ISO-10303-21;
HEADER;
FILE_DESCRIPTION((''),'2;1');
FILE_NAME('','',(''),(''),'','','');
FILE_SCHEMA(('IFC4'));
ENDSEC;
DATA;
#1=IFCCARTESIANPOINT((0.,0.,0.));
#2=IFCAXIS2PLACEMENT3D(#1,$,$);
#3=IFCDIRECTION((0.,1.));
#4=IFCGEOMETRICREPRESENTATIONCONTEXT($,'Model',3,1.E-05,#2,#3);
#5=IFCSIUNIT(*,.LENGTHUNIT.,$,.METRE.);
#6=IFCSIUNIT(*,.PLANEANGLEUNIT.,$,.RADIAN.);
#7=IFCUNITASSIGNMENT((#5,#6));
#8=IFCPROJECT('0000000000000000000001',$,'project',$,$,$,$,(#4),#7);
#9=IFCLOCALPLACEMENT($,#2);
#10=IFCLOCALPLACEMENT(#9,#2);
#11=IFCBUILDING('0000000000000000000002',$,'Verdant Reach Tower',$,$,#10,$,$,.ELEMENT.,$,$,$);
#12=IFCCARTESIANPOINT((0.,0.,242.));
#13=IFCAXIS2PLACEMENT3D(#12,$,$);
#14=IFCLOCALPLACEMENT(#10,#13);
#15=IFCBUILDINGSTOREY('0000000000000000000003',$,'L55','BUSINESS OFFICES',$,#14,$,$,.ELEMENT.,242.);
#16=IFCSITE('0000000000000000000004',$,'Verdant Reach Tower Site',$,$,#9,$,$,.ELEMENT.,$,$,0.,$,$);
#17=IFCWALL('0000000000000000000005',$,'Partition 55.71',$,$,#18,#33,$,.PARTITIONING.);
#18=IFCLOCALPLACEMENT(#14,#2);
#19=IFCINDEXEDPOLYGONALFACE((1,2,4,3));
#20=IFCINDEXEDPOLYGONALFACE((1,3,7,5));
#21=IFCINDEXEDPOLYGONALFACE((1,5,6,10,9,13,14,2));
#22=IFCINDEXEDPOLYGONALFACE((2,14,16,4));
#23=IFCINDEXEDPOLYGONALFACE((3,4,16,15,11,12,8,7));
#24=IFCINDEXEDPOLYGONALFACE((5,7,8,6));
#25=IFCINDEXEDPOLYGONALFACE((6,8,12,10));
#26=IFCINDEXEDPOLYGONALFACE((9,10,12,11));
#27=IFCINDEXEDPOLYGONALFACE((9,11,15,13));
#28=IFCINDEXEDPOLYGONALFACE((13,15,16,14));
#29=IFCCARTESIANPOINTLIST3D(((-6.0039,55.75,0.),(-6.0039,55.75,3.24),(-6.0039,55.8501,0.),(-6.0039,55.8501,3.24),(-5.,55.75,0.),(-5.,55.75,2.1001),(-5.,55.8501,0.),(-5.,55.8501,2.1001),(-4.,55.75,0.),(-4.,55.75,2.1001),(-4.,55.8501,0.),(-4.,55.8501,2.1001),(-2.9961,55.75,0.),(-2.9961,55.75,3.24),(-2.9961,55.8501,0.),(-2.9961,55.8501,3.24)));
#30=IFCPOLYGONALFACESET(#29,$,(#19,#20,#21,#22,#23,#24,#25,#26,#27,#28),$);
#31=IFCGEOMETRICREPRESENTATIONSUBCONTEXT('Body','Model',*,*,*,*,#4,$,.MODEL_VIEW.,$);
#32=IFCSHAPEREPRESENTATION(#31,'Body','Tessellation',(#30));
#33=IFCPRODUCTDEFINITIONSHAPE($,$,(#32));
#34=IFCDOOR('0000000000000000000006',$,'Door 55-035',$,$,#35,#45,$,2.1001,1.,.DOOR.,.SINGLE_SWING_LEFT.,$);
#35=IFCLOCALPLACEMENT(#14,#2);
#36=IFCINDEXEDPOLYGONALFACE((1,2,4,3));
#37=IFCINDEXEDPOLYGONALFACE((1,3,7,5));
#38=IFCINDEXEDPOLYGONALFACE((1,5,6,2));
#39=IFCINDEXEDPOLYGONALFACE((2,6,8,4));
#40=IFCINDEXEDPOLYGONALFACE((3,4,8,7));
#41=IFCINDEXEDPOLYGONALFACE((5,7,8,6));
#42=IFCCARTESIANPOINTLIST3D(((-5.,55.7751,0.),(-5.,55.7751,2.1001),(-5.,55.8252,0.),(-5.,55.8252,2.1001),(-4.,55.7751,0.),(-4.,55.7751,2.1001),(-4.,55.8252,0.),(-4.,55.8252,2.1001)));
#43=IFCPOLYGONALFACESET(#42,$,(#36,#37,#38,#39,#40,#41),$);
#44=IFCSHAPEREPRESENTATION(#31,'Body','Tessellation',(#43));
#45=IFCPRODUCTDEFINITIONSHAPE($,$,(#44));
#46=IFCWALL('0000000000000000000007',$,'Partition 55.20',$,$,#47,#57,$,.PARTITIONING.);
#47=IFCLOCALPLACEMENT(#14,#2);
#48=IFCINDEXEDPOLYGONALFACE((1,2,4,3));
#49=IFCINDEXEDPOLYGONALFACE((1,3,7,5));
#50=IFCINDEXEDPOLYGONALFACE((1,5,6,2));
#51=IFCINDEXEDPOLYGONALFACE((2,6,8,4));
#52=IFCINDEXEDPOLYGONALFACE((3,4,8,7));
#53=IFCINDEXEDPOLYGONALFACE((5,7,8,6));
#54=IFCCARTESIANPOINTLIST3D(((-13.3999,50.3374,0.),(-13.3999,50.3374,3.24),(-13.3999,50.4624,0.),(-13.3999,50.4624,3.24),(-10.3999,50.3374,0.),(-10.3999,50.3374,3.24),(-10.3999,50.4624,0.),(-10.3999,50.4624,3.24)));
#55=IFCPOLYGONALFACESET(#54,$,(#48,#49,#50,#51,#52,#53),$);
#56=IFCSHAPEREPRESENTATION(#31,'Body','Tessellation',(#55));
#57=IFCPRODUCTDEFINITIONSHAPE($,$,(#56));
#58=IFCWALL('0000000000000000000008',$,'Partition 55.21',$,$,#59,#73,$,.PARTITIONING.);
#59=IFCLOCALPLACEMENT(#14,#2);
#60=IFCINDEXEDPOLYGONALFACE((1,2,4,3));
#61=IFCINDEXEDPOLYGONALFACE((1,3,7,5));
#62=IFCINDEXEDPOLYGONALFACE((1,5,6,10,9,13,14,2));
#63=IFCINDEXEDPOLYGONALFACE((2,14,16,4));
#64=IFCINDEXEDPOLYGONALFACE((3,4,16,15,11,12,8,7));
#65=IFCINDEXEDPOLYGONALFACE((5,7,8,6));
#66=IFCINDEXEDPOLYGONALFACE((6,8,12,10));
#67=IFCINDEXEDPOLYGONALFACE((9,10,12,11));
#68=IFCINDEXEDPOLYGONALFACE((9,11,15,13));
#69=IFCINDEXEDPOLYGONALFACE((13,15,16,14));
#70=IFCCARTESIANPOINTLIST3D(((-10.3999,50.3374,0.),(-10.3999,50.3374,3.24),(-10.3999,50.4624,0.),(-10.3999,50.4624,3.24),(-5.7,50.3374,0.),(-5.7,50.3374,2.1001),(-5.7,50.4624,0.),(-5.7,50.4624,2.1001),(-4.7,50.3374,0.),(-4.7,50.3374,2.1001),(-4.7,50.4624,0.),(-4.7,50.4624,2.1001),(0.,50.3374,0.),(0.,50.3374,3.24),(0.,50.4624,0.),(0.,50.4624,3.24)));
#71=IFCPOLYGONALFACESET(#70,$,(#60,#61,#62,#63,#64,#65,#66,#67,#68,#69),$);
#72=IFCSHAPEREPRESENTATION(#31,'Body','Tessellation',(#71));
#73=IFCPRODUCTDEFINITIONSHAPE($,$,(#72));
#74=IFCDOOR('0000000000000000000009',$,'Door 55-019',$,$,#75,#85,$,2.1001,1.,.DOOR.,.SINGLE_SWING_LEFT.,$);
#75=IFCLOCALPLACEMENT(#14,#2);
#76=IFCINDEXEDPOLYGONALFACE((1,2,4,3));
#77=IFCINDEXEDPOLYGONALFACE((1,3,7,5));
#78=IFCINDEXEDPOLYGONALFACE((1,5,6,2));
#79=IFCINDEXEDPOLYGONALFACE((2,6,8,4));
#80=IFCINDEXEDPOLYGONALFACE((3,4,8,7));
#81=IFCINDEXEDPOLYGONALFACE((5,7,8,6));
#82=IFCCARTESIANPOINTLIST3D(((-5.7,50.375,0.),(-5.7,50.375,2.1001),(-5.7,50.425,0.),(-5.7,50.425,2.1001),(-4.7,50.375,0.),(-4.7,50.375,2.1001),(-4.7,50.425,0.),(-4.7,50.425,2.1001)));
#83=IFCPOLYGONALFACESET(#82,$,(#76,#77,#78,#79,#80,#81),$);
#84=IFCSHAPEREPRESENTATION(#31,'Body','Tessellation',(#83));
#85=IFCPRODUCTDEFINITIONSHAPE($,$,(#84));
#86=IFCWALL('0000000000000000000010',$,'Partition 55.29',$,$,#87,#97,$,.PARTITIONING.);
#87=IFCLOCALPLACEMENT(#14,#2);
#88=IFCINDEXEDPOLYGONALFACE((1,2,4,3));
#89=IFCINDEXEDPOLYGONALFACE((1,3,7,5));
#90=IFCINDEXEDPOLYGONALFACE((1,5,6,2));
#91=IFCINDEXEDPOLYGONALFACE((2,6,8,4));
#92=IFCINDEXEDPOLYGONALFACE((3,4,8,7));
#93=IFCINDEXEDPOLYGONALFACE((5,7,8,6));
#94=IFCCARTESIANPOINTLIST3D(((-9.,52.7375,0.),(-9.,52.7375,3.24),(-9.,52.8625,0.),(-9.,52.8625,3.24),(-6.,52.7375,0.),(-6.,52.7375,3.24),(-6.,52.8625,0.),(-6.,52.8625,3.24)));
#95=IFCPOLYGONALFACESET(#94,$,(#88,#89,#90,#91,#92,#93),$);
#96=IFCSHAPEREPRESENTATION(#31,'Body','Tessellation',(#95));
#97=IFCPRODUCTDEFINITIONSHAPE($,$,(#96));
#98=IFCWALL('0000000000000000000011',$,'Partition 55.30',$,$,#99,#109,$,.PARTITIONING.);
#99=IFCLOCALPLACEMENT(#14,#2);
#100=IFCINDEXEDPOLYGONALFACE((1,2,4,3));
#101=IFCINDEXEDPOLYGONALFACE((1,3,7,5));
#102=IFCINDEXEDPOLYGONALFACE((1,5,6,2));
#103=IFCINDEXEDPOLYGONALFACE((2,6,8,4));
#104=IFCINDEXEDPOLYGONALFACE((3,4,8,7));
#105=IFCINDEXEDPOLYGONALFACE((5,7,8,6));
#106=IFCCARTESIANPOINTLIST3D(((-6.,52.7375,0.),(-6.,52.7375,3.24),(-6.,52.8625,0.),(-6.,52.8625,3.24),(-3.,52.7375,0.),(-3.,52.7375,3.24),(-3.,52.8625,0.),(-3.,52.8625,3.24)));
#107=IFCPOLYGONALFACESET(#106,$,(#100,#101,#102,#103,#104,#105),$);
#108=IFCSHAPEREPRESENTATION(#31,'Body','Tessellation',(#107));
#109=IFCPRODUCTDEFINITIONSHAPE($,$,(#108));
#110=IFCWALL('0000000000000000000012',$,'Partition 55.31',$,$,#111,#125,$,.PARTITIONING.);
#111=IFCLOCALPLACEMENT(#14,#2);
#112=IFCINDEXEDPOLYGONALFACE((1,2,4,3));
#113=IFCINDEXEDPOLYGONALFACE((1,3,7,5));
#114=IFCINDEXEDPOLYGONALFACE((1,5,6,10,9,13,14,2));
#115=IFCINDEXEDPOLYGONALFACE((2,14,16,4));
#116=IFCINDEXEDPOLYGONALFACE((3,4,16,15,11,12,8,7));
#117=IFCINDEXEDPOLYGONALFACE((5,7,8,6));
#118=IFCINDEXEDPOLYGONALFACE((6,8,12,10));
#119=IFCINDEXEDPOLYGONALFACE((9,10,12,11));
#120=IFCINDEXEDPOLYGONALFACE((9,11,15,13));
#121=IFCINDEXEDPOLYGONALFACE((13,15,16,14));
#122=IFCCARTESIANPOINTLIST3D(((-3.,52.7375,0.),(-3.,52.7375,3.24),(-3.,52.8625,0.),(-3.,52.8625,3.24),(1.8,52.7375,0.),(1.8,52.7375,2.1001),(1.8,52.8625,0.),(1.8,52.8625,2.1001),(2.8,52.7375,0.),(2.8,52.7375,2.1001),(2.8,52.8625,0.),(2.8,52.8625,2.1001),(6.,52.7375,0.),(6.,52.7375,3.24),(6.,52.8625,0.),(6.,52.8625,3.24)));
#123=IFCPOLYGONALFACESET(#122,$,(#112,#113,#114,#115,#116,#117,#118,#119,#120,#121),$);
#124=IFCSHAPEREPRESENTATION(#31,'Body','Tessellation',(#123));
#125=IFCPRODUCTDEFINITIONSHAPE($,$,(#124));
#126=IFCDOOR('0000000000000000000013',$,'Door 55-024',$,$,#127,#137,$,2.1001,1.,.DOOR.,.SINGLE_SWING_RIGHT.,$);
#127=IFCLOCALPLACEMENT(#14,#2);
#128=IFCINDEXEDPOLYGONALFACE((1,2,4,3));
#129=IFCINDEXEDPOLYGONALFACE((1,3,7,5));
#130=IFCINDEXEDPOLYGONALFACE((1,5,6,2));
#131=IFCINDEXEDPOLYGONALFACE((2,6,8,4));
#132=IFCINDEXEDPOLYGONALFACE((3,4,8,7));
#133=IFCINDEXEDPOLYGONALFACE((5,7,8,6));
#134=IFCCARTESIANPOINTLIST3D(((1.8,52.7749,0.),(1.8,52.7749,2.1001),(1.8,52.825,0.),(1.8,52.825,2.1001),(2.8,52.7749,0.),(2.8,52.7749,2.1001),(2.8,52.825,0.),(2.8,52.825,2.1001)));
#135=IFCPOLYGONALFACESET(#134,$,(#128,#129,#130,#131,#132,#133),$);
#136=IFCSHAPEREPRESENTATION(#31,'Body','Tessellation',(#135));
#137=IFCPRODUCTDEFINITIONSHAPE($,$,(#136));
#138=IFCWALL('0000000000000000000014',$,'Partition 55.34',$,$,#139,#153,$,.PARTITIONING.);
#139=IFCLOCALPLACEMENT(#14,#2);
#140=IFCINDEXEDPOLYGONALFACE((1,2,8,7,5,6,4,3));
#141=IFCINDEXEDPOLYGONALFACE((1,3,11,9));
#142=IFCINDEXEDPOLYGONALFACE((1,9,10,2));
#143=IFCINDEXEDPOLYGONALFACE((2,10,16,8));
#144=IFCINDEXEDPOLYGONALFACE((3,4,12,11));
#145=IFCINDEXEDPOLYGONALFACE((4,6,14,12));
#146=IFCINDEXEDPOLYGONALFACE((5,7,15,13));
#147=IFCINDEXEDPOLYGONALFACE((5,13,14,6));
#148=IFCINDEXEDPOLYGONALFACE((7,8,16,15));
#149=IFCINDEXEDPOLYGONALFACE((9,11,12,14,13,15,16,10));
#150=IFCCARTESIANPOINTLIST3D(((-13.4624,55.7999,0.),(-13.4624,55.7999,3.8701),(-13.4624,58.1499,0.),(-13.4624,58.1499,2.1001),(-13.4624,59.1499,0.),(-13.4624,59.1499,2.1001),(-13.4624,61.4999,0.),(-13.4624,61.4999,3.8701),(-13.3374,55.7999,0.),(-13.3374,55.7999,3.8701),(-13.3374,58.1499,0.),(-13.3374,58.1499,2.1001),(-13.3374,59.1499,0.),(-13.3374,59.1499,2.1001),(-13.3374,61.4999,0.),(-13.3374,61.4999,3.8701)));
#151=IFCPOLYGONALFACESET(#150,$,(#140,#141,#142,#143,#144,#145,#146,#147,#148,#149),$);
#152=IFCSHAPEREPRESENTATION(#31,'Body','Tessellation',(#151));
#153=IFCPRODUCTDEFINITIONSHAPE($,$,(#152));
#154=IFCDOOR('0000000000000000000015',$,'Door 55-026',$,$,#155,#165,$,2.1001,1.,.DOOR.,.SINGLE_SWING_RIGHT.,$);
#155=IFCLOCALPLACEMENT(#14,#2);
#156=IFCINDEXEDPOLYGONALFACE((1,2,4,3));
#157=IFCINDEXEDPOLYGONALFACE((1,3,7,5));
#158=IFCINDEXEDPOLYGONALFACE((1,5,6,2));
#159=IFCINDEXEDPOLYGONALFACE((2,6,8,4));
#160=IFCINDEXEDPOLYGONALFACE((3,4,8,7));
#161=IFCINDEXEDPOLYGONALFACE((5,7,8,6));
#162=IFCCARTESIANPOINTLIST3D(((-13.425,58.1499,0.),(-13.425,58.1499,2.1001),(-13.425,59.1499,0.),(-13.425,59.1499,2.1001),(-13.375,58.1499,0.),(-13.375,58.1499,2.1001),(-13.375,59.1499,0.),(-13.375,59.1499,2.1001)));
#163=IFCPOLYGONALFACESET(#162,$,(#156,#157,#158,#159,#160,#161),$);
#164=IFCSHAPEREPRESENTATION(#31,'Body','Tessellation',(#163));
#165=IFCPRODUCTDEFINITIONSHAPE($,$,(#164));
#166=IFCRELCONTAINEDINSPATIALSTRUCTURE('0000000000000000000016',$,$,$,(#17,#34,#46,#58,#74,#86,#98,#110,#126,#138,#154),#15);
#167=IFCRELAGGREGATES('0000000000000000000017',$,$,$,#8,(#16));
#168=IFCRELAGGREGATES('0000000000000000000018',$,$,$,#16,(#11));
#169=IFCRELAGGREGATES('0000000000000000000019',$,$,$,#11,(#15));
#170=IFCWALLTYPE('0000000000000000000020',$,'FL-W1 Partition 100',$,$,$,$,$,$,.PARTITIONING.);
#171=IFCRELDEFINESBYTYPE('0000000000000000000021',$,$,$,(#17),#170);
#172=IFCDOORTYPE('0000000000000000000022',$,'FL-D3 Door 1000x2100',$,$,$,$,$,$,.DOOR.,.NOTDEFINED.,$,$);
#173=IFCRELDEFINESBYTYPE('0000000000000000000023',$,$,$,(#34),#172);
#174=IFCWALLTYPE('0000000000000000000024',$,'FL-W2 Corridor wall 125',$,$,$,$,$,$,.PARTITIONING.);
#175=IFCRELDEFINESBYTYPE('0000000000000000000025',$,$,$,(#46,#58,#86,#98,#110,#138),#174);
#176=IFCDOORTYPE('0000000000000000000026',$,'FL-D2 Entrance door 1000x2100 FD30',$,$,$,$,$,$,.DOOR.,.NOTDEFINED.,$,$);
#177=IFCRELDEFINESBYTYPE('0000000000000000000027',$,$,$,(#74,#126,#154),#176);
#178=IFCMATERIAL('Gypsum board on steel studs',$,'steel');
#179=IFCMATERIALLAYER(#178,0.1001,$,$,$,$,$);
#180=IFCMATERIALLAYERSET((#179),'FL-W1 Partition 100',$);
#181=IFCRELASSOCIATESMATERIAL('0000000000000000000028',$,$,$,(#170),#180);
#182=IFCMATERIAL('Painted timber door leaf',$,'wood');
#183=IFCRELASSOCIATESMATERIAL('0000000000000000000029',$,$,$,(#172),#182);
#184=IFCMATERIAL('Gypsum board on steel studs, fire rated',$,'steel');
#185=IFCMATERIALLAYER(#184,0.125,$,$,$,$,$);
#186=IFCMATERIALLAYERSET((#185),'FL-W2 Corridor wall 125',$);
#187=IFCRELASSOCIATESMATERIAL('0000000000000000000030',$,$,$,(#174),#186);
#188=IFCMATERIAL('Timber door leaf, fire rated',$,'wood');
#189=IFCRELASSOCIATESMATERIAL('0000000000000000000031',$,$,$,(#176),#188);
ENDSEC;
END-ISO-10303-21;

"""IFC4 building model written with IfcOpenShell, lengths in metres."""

from ifc_helpers import new_model, si_unit, direction, frame, frame_2d, origin, place, context, subcontext, project, spatial, rectangle, extrude, material, layer, layer_set, type_object, element, fill, save


model = new_model("IFC4")

# Units and contexts
model_context = context("Model", 3, precision=1e-05, world=origin(), true_north=direction((0.0, 1.0)))
body_context = subcontext(model_context, "Body", "Model", "MODEL_VIEW")
ifc_project = project(units=[si_unit("LENGTHUNIT", "METRE"), si_unit("PLANEANGLEUNIT", "RADIAN")], contexts=[model_context])

# Site, building, storey
site_placement = place(None, origin())
site = spatial("IfcSite", under=ifc_project, at=site_placement, Name="Verdant Reach Tower Site", CompositionType="ELEMENT", RefElevation=0.0)
building_placement = place(site_placement, origin())
building = spatial("IfcBuilding", under=site, at=building_placement, Name="Verdant Reach Tower", CompositionType="ELEMENT")
storey_placement = place(building_placement, frame((0.0, 0.0, 242.0)))
storey = spatial("IfcBuildingStorey", under=building, at=storey_placement, Name="L55", Description="BUSINESS OFFICES", CompositionType="ELEMENT", Elevation=242.0)

# Shared definitions
ifc_material_1 = material(Name="Gypsum board on steel studs", Category="steel")
ifc_layer_1 = layer(ifc_material_1, 0.1001)
ifc_layer_set_1 = layer_set([ifc_layer_1], Name="FL-W1 Partition 100")
wall_type_1 = type_object("IfcWallType", Name="FL-W1 Partition 100", PredefinedType="PARTITIONING", material=ifc_layer_set_1)

# Shared definitions
ifc_material_2 = material(Name="Painted timber door leaf", Category="wood")
door_type_1 = type_object("IfcDoorType", Name="FL-D3 Door 1000x2100", OperationType="NOTDEFINED", PredefinedType="DOOR", material=ifc_material_2)

# Wall, opening, door
wall_1_placement = place(storey_placement, frame((-2.9961, 55.8, 0.0), z_axis=(0.0, 0.0, 1.0), x_axis=(-1.0, 0.0, 0.0)))
wall_1 = element("IfcWall", 1, at=wall_1_placement, inside=storey, type_object=wall_type_1, Name="Partition 55.71", PredefinedType="PARTITIONING", context=body_context, shape_type="SweptSolid", body=[
    extrude(rectangle(XDim=3.0078, YDim=0.1001, at=frame_2d((1.5039, 0.0))), origin(), (0.0, 0.0, 1.0), 3.24),
])
opening_1_placement = place(wall_1_placement, frame((1.0039, 0.0, 0.0)))
opening_1 = element("IfcOpeningElement", 2, at=opening_1_placement, cuts=wall_1, PredefinedType="OPENING", context=body_context, shape_type="SweptSolid", body=[
    extrude(rectangle(XDim=1.0, YDim=2.1001, at=frame_2d((0.5, 1.05))), frame((0.0, 0.0601, 0.0), z_axis=(0.0, -1.0, 0.0), x_axis=(1.0, 0.0, 0.0)), (0.0, 0.0, 1.0), 0.1201),
])
door_1_placement = place(opening_1_placement, origin())
door_1 = element("IfcDoor", 3, at=door_1_placement, inside=storey, type_object=door_type_1, Name="Door 55-035", OperationType="SINGLE_SWING_LEFT", OverallHeight=2.1001, OverallWidth=1.0, PredefinedType="DOOR", context=body_context, shape_type="SweptSolid", body=[
    extrude(rectangle(XDim=1.0, YDim=2.1001, at=frame_2d((0.5, 1.05))), frame((0.0, 0.0249, 0.0), z_axis=(0.0, -1.0, 0.0), x_axis=(1.0, 0.0, 0.0)), (0.0, 0.0, 1.0), 0.05),
])
fill(opening_1, door_1)

# Wall
ifc_material_3 = material(Name="Gypsum board on steel studs, fire rated", Category="steel")
ifc_layer_2 = layer(ifc_material_3, 0.125)
ifc_layer_set_2 = layer_set([ifc_layer_2], Name="FL-W2 Corridor wall 125")
wall_type_2 = type_object("IfcWallType", Name="FL-W2 Corridor wall 125", PredefinedType="PARTITIONING", material=ifc_layer_set_2)
wall_2_placement = place(storey_placement, frame((-10.3999, 50.3999, 0.0), z_axis=(0.0, 0.0, 1.0), x_axis=(-1.0, 0.0, 0.0)))
element("IfcWall", 4, at=wall_2_placement, inside=storey, type_object=wall_type_2, Name="Partition 55.20", PredefinedType="PARTITIONING", context=body_context, shape_type="SweptSolid", body=[
    extrude(rectangle(XDim=3.0, YDim=0.125, at=frame_2d((1.5, 0.0))), origin(), (0.0, 0.0, 1.0), 3.24),
])

# Wall, opening, door
wall_3_placement = place(storey_placement, frame((0.0, 50.3999, 0.0), z_axis=(0.0, 0.0, 1.0), x_axis=(-1.0, 0.0, 0.0)))
wall_3 = element("IfcWall", 5, at=wall_3_placement, inside=storey, type_object=wall_type_2, Name="Partition 55.21", PredefinedType="PARTITIONING", context=body_context, shape_type="SweptSolid", body=[
    extrude(rectangle(XDim=10.3999, YDim=0.125, at=frame_2d((5.2, 0.0))), origin(), (0.0, 0.0, 1.0), 3.24),
])
opening_2_placement = place(wall_3_placement, frame((4.7, 0.0, 0.0)))
opening_2 = element("IfcOpeningElement", 6, at=opening_2_placement, cuts=wall_3, PredefinedType="OPENING", context=body_context, shape_type="SweptSolid", body=[
    extrude(rectangle(XDim=1.0, YDim=2.1001, at=frame_2d((0.5, 1.05))), frame((0.0, 0.0725, 0.0), z_axis=(0.0, -1.0, 0.0), x_axis=(1.0, 0.0, 0.0)), (0.0, 0.0, 1.0), 0.145),
])
ifc_material_4 = material(Name="Timber door leaf, fire rated", Category="wood")
door_type_2 = type_object("IfcDoorType", Name="FL-D2 Entrance door 1000x2100 FD30", OperationType="NOTDEFINED", PredefinedType="DOOR", material=ifc_material_4)
door_2_placement = place(opening_2_placement, origin())
door_2 = element("IfcDoor", 7, at=door_2_placement, inside=storey, type_object=door_type_2, Name="Door 55-019", OperationType="SINGLE_SWING_LEFT", OverallHeight=2.1001, OverallWidth=1.0, PredefinedType="DOOR", context=body_context, shape_type="SweptSolid", body=[
    extrude(rectangle(XDim=1.0, YDim=2.1001, at=frame_2d((0.5, 1.05))), frame((0.0, 0.0249, 0.0), z_axis=(0.0, -1.0, 0.0), x_axis=(1.0, 0.0, 0.0)), (0.0, 0.0, 1.0), 0.05),
])
fill(opening_2, door_2)

# Walls
for number, where, z_axis, x_axis, name in (
    (8, (-6.0, 52.8, 0.0), (0.0, 0.0, 1.0), (-1.0, 0.0, 0.0), "Partition 55.29"),
    (9, (-3.0, 52.8, 0.0), (0.0, 0.0, 1.0), (-1.0, 0.0, 0.0), "Partition 55.30"),
):
    element("IfcWall", number, at=place(storey_placement, frame(where, z_axis=z_axis, x_axis=x_axis)), inside=storey, type_object=wall_type_2, Name=name, PredefinedType="PARTITIONING", context=body_context, shape_type="SweptSolid", body=[
        extrude(rectangle(XDim=3.0, YDim=0.125, at=frame_2d((1.5, 0.0))), origin(), (0.0, 0.0, 1.0), 3.24),
    ])

# Walls, openings, doors
wall_4_placement = place(storey_placement, frame((-3.0, 52.8, 0.0), z_axis=(0.0, 0.0, 1.0), x_axis=(1.0, 0.0, 0.0)))
wall_4 = element("IfcWall", 10, at=wall_4_placement, inside=storey, type_object=wall_type_2, Name="Partition 55.31", PredefinedType="PARTITIONING", context=body_context, shape_type="SweptSolid", body=[
    extrude(rectangle(XDim=9.0, YDim=0.125, at=frame_2d((4.5, 0.0))), origin(), (0.0, 0.0, 1.0), 3.24),
])
opening_3_placement = place(wall_4_placement, frame((4.8, 0.0, 0.0)))
opening_3 = element("IfcOpeningElement", 11, at=opening_3_placement, cuts=wall_4, PredefinedType="OPENING", context=body_context, shape_type="SweptSolid", body=[
    extrude(rectangle(XDim=1.0, YDim=2.1001, at=frame_2d((0.5, 1.05))), frame((0.0, 0.0725, 0.0), z_axis=(0.0, -1.0, 0.0), x_axis=(1.0, 0.0, 0.0)), (0.0, 0.0, 1.0), 0.145),
])
door_3_placement = place(opening_3_placement, origin())
door_3 = element("IfcDoor", 12, at=door_3_placement, inside=storey, type_object=door_type_2, Name="Door 55-024", OperationType="SINGLE_SWING_RIGHT", OverallHeight=2.1001, OverallWidth=1.0, PredefinedType="DOOR", context=body_context, shape_type="SweptSolid", body=[
    extrude(rectangle(XDim=1.0, YDim=2.1001, at=frame_2d((0.5, 1.05))), frame((0.0, 0.0249, 0.0), z_axis=(0.0, -1.0, 0.0), x_axis=(1.0, 0.0, 0.0)), (0.0, 0.0, 1.0), 0.05),
])
fill(opening_3, door_3)
wall_5_placement = place(storey_placement, frame((-13.3999, 61.5, 0.0), z_axis=(0.0, 0.0, 1.0), x_axis=(0.0, -1.0, 0.0)))
wall_5 = element("IfcWall", 13, at=wall_5_placement, inside=storey, type_object=wall_type_2, Name="Partition 55.34", PredefinedType="PARTITIONING", context=body_context, shape_type="SweptSolid", body=[
    extrude(rectangle(XDim=5.7, YDim=0.125, at=frame_2d((2.8501, 0.0))), origin(), (0.0, 0.0, 1.0), 3.8701),
])
opening_4_placement = place(wall_5_placement, frame((2.3501, 0.0, 0.0)))
opening_4 = element("IfcOpeningElement", 14, at=opening_4_placement, cuts=wall_5, PredefinedType="OPENING", context=body_context, shape_type="SweptSolid", body=[
    extrude(rectangle(XDim=1.0, YDim=2.1001, at=frame_2d((0.5, 1.05))), frame((0.0, 0.0725, 0.0), z_axis=(0.0, -1.0, 0.0), x_axis=(1.0, 0.0, 0.0)), (0.0, 0.0, 1.0), 0.145),
])
door_4_placement = place(opening_4_placement, origin())
door_4 = element("IfcDoor", 15, at=door_4_placement, inside=storey, type_object=door_type_2, Name="Door 55-026", OperationType="SINGLE_SWING_RIGHT", OverallHeight=2.1001, OverallWidth=1.0, PredefinedType="DOOR", context=body_context, shape_type="SweptSolid", body=[
    extrude(rectangle(XDim=1.0, YDim=2.1001, at=frame_2d((0.5, 1.05))), frame((0.0, 0.0249, 0.0), z_axis=(0.0, -1.0, 0.0), x_axis=(1.0, 0.0, 0.0)), (0.0, 0.0, 1.0), 0.05),
])
fill(opening_4, door_4)

save(model, "model.ifc")
